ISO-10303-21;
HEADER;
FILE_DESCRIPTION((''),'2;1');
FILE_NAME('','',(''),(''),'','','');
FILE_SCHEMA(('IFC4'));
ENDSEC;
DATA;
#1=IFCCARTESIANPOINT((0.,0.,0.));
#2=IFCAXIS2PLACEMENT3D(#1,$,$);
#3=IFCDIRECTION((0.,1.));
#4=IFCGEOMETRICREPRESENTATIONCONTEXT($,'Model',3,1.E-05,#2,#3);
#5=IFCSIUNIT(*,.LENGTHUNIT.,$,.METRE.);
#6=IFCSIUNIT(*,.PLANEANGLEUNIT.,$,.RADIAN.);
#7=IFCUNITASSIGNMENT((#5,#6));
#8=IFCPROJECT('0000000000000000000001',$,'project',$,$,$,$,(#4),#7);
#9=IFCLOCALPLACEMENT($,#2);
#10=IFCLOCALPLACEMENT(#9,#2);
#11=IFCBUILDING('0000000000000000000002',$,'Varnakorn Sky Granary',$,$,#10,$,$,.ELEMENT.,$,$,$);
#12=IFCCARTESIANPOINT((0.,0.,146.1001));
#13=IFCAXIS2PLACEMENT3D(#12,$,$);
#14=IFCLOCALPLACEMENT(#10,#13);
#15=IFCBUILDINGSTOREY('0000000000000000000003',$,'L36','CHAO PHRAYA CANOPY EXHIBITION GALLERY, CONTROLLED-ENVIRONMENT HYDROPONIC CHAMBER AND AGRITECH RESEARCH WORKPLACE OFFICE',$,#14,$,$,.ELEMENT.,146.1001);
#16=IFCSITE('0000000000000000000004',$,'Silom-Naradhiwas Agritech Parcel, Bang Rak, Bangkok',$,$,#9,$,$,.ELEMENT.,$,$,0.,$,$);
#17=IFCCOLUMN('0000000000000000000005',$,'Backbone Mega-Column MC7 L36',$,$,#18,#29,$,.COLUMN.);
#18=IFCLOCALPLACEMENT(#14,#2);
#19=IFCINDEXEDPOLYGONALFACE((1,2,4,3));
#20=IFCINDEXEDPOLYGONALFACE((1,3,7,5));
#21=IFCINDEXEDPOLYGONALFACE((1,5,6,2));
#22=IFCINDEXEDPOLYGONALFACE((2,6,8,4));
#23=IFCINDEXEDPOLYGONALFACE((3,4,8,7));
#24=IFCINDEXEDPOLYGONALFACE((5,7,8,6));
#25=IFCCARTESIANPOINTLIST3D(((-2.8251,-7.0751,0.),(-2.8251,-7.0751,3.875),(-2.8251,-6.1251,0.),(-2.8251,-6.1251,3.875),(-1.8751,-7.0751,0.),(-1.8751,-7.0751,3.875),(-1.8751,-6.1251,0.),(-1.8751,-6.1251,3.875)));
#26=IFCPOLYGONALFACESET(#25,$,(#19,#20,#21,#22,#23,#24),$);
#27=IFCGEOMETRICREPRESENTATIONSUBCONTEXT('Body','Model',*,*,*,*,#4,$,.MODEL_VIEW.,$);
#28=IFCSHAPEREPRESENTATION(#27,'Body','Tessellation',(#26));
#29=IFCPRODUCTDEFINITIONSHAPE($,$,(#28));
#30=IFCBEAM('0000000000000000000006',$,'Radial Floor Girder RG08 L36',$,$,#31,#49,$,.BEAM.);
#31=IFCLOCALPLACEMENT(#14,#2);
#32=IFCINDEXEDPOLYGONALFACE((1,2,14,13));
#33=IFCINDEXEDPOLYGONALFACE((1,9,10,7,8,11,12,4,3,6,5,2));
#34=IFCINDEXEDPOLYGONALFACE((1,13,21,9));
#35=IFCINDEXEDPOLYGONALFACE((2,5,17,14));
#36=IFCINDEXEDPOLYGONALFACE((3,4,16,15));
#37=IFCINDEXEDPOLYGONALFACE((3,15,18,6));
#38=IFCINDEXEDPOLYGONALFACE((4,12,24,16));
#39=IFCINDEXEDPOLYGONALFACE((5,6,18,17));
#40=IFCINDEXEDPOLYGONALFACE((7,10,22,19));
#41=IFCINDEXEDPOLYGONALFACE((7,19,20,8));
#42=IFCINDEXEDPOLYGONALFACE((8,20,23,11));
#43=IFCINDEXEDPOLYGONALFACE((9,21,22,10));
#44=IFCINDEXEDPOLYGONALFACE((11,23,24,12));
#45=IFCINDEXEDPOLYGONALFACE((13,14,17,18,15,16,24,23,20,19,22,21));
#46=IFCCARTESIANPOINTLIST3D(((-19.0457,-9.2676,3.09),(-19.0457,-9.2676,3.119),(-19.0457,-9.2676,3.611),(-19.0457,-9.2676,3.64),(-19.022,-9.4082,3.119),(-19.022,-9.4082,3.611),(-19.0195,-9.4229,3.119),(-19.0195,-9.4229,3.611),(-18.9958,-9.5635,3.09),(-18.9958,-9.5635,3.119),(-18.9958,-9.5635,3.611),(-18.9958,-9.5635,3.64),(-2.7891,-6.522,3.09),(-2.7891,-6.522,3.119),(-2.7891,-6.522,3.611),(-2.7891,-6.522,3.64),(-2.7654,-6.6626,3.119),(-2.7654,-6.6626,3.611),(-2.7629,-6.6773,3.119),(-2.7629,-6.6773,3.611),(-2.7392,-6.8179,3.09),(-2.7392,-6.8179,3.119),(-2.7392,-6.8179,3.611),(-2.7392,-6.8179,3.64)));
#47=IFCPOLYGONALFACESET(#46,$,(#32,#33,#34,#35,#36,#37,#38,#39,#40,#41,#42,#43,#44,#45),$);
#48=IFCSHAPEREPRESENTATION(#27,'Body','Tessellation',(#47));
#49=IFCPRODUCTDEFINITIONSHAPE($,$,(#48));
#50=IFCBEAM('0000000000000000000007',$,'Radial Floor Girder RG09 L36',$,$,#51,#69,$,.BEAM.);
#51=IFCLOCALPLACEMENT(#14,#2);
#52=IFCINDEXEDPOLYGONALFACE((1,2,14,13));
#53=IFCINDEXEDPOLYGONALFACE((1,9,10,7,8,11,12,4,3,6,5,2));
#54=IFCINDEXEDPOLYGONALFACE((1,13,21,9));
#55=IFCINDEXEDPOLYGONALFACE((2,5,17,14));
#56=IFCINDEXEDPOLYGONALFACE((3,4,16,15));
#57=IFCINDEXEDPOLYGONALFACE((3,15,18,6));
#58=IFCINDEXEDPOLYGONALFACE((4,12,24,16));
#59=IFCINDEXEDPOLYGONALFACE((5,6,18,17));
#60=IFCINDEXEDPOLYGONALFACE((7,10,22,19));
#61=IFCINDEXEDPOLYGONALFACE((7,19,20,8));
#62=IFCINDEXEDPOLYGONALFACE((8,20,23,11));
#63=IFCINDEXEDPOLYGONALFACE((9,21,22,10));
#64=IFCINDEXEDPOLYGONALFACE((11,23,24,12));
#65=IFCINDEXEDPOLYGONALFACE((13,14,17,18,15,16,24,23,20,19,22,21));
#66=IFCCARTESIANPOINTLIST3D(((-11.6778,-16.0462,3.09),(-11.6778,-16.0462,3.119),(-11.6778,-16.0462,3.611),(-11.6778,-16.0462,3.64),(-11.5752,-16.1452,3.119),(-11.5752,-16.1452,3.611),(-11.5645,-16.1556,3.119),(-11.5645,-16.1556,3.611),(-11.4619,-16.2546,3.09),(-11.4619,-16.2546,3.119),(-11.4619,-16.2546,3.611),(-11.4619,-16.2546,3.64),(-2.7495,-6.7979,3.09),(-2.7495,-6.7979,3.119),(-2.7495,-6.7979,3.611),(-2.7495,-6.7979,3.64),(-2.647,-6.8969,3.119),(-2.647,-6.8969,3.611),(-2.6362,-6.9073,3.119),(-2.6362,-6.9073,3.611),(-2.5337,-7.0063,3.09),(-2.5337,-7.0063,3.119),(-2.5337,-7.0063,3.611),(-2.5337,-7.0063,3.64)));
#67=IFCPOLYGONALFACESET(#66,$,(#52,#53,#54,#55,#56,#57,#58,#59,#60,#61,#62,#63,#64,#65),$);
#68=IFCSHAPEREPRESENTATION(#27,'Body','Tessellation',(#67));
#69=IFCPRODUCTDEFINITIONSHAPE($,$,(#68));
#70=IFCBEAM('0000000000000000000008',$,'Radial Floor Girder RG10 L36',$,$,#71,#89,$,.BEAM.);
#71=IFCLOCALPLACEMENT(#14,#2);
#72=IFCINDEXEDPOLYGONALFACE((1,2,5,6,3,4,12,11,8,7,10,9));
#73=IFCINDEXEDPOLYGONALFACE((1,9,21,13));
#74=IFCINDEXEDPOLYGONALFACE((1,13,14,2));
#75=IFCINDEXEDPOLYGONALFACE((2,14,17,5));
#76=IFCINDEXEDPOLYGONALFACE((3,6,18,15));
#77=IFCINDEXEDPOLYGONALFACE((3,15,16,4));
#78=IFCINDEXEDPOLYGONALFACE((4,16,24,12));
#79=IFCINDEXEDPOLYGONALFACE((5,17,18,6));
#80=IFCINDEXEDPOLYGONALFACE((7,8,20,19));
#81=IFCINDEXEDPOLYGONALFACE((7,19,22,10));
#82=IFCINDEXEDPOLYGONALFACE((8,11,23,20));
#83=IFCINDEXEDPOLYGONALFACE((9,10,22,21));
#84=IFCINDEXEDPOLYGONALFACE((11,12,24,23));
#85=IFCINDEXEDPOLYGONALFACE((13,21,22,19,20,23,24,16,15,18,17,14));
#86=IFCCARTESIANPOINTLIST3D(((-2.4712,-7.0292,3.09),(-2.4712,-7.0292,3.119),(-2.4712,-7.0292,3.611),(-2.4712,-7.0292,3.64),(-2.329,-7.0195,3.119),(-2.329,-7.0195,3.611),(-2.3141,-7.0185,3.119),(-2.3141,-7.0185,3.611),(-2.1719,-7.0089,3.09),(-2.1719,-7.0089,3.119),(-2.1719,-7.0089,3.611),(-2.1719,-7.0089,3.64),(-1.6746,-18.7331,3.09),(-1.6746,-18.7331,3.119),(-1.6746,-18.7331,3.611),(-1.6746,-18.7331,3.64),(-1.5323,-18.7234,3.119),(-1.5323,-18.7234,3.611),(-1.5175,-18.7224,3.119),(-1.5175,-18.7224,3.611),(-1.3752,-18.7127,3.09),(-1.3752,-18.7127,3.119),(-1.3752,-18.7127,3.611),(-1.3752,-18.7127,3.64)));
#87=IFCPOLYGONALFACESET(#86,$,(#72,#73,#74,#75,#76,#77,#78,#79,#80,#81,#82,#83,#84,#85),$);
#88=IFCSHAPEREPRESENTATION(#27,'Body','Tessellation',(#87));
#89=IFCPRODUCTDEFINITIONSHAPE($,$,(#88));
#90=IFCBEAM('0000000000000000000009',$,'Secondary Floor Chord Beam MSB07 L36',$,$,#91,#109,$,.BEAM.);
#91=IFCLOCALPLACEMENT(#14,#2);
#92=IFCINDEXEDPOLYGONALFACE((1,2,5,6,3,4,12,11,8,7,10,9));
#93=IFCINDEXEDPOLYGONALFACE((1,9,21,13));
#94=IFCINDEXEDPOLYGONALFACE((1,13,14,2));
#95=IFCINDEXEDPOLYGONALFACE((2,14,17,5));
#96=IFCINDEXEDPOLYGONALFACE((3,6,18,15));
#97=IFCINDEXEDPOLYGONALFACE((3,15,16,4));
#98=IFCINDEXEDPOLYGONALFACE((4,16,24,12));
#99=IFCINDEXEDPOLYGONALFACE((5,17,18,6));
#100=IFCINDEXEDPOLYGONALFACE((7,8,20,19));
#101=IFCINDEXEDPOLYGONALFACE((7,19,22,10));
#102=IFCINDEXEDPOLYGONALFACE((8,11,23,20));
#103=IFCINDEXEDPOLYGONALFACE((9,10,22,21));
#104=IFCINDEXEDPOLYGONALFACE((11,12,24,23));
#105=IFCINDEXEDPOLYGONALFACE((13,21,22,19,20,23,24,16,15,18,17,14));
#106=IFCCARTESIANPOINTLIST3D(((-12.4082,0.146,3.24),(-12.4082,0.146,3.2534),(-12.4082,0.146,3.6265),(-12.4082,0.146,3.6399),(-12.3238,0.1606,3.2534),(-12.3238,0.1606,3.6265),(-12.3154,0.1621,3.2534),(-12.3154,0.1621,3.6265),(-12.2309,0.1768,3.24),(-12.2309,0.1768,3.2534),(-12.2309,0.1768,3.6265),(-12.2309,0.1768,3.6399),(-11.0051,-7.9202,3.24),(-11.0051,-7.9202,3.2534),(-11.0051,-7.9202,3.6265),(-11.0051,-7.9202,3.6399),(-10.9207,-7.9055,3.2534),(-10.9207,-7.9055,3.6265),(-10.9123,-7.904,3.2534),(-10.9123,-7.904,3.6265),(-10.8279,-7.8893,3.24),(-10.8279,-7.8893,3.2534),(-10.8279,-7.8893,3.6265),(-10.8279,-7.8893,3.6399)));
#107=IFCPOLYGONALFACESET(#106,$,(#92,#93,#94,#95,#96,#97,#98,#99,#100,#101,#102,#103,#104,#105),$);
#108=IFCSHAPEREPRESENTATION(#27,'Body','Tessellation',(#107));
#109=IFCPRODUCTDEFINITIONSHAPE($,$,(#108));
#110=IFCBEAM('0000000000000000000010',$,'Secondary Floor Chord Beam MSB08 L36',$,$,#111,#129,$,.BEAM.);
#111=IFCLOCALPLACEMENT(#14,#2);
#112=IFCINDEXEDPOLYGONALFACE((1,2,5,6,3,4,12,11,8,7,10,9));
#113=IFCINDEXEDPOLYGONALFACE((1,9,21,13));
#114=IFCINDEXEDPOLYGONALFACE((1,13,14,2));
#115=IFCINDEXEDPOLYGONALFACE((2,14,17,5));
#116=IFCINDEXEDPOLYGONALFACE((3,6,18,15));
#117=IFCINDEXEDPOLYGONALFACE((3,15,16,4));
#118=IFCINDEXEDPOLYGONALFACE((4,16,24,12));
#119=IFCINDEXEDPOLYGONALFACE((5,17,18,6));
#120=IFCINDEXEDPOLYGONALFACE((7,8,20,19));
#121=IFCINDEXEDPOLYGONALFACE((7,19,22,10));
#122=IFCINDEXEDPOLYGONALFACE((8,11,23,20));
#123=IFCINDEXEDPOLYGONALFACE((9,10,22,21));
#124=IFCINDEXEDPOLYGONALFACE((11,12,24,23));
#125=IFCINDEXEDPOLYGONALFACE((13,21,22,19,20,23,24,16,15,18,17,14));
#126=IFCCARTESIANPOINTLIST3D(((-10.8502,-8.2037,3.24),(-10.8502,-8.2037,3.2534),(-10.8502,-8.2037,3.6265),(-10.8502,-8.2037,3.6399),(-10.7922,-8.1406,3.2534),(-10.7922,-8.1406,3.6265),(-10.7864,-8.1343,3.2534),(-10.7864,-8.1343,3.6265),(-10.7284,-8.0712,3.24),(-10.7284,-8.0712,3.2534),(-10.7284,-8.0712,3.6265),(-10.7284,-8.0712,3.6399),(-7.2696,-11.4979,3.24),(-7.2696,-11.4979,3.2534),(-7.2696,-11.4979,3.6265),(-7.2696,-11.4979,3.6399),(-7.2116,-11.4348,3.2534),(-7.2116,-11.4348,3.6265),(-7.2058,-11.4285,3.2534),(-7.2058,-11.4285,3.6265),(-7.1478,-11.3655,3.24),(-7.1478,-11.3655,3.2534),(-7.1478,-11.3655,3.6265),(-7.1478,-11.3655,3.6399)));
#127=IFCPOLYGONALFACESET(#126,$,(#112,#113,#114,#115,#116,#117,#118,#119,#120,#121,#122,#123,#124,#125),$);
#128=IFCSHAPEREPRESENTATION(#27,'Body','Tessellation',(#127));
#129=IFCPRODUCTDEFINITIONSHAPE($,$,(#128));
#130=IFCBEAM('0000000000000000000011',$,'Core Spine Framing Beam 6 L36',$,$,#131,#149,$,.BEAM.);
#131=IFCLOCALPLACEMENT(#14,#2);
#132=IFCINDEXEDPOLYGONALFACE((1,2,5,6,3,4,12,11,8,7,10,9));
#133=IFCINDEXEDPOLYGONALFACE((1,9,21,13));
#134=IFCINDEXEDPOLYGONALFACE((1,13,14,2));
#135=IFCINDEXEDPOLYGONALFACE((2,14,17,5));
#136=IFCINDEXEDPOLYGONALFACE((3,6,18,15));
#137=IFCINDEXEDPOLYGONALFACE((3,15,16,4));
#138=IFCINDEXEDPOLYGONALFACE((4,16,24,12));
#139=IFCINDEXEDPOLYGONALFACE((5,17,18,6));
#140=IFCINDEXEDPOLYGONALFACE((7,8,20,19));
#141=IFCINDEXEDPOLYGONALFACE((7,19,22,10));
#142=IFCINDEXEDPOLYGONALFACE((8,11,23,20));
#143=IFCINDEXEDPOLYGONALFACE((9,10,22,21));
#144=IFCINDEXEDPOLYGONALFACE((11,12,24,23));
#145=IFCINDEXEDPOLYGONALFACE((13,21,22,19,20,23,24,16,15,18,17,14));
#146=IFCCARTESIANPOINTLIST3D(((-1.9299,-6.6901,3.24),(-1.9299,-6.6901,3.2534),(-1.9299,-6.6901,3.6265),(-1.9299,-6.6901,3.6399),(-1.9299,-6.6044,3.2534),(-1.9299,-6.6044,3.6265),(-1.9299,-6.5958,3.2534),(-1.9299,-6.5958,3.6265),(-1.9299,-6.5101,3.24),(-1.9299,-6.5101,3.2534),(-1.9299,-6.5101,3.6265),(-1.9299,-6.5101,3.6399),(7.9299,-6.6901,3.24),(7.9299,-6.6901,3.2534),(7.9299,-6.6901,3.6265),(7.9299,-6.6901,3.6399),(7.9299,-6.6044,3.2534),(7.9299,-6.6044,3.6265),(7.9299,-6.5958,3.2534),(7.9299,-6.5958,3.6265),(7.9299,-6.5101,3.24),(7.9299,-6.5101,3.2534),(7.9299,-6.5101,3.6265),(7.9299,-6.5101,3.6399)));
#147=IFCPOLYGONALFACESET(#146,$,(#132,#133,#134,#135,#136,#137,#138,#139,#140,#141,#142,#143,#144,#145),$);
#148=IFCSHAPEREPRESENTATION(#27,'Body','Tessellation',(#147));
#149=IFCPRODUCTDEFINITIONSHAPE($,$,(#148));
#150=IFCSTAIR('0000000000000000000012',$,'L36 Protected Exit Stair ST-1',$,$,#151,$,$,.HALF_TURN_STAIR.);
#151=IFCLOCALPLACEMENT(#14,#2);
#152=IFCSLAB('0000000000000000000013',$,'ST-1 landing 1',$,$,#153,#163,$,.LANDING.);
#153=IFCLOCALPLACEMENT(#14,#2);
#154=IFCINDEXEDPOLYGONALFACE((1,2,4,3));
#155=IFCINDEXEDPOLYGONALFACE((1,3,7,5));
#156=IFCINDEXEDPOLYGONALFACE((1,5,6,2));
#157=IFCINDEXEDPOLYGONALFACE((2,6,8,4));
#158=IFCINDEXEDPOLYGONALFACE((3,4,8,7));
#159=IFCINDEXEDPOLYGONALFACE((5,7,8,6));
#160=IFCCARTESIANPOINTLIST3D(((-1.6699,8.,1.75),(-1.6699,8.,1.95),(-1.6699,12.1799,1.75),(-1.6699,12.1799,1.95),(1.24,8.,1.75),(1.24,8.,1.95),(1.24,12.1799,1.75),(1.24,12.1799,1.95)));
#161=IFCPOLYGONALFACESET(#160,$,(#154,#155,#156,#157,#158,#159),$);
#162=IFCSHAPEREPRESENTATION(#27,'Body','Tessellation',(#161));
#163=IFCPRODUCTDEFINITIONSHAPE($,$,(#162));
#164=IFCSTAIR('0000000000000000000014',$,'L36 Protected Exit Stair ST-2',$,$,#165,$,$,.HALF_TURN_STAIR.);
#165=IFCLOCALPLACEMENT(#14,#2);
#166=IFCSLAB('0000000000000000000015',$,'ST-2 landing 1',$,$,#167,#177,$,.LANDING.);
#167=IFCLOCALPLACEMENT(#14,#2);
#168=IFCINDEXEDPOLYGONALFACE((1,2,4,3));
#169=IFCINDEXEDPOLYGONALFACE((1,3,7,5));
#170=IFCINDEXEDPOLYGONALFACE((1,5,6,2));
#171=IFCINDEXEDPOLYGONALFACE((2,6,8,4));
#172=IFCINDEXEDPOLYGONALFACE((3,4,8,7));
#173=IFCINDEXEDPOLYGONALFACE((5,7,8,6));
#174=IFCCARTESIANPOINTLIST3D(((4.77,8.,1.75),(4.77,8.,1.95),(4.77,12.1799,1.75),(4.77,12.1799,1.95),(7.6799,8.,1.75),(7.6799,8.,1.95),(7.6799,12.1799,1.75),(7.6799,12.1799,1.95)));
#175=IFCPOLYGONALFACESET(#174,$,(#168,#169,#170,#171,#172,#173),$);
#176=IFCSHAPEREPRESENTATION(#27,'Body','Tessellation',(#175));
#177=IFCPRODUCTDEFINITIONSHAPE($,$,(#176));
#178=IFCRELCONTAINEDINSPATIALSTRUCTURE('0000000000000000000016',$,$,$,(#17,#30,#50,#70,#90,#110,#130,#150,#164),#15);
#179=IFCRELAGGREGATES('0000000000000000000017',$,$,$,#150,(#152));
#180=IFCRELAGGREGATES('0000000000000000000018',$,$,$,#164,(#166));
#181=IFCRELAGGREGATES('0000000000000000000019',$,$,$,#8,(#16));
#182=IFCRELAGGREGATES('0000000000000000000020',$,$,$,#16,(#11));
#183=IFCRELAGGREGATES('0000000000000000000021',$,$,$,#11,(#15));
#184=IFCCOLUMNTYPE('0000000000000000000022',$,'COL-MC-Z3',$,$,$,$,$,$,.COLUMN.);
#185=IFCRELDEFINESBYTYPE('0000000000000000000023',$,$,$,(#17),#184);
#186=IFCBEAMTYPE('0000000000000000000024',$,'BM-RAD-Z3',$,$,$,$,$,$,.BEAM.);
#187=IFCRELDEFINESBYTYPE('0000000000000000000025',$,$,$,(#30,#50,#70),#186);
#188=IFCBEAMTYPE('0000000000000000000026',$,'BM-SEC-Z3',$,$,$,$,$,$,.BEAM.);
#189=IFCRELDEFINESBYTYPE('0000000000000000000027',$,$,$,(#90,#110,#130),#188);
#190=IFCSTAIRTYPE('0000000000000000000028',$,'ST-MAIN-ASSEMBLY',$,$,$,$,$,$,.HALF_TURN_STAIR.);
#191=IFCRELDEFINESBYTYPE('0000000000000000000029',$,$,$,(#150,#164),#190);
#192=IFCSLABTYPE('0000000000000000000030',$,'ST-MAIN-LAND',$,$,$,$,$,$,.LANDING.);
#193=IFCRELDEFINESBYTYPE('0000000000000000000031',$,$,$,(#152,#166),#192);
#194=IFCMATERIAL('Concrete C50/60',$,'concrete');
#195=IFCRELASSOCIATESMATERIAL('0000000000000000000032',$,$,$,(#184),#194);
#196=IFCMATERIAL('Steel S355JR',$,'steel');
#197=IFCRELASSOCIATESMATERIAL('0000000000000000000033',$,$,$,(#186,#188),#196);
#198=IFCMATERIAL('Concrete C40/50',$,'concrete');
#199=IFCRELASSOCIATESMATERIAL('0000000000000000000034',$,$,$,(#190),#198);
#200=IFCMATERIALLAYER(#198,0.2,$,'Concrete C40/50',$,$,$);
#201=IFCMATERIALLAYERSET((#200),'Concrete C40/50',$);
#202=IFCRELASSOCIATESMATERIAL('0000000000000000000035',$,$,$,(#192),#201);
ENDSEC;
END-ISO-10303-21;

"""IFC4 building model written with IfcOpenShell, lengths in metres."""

from ifc_helpers import new_model, si_unit, direction, frame, origin, origin_2d, place, context, subcontext, project, spatial, polyline, rectangle, i_section, outline, extrude, material, layer, layer_set, material_profile, profile_set, type_object, element, aggregate, save


model = new_model("IFC4")

# Units and contexts
model_context = context("Model", 3, precision=1e-05, world=origin(), true_north=direction((0.0, 1.0)))
body_context = subcontext(model_context, "Body", "Model", "MODEL_VIEW")
ifc_project = project(units=[si_unit("LENGTHUNIT", "METRE"), si_unit("PLANEANGLEUNIT", "RADIAN")], contexts=[model_context])

# Site, building, storey
site_placement = place(None, origin())
site = spatial("IfcSite", under=ifc_project, at=site_placement, Name="Silom-Naradhiwas Agritech Parcel, Bang Rak, Bangkok", CompositionType="ELEMENT", RefElevation=0.0)
building_placement = place(site_placement, origin())
building = spatial("IfcBuilding", under=site, at=building_placement, Name="Varnakorn Sky Granary", CompositionType="ELEMENT")
storey_placement = place(building_placement, frame((0.0, 0.0, 146.1001)))
storey = spatial("IfcBuildingStorey", under=building, at=storey_placement, Name="L36", Description="CHAO PHRAYA CANOPY EXHIBITION GALLERY, CONTROLLED-ENVIRONMENT HYDROPONIC CHAMBER AND AGRITECH RESEARCH WORKPLACE OFFICE", CompositionType="ELEMENT", Elevation=146.1001)

# Column
ifc_material_1 = material(Name="Concrete C50/60", Category="concrete")
ifc_material_profile_1 = material_profile(ifc_material_1, rectangle(XDim=0.95, YDim=0.95, at=origin_2d()), Name="RC 950x950")
ifc_profile_set_1 = profile_set([ifc_material_profile_1], Name="Concrete C50/60")
column_type = type_object("IfcColumnType", Name="COL-MC-Z3", PredefinedType="COLUMN", material=ifc_profile_set_1)
column_placement = place(storey_placement, frame((-2.3501, -6.6001, 0.0), z_axis=(0.0, 0.0, 1.0), x_axis=(1.0, 0.0, 0.0)))
element("IfcColumn", 1, at=column_placement, inside=storey, type_object=column_type, Name="Backbone Mega-Column MC7 L36", PredefinedType="COLUMN", context=body_context, shape_type="SweptSolid", body=[
    extrude(rectangle(XDim=0.95, YDim=0.95, at=origin_2d()), origin(), (0.0, 0.0, 1.0), 3.875),
])

# Beams
ifc_material_2 = material(Name="Steel S355JR", Category="steel")
ifc_material_profile_2 = material_profile(ifc_material_2, i_section(OverallWidth=0.3, OverallDepth=0.55, WebThickness=0.0149, FlangeThickness=0.0291, at=origin_2d()), Name="HE 550 B")
ifc_profile_set_2 = profile_set([ifc_material_profile_2], Name="Steel S355JR")
beam_type_1 = type_object("IfcBeamType", Name="BM-RAD-Z3", PredefinedType="BEAM", material=ifc_profile_set_2)
beam_1_placement = place(storey_placement, frame((-2.7642, -6.6699, 3.365), z_axis=(-0.986036, -0.166533, 0.0), x_axis=(0.166533, -0.986036, 0.0)))
element("IfcBeam", 2, at=beam_1_placement, inside=storey, type_object=beam_type_1, Name="Radial Floor Girder RG08 L36", PredefinedType="BEAM", context=body_context, shape_type="SweptSolid", body=[
    extrude(i_section(OverallWidth=0.3, OverallDepth=0.55, WebThickness=0.0149, FlangeThickness=0.0291, at=origin_2d()), origin(), (0.0, 0.0, 1.0), 16.4868),
])
beam_2_placement = place(storey_placement, frame((-2.6416, -6.9021, 3.365), z_axis=(-0.694548, -0.719447, 0.0), x_axis=(0.719447, -0.694548, 0.0)))
element("IfcBeam", 3, at=beam_2_placement, inside=storey, type_object=beam_type_1, Name="Radial Floor Girder RG09 L36", PredefinedType="BEAM", context=body_context, shape_type="SweptSolid", body=[
    extrude(i_section(OverallWidth=0.3, OverallDepth=0.55, WebThickness=0.0149, FlangeThickness=0.0291, at=origin_2d()), origin(), (0.0, 0.0, 1.0), 12.8547),
])
beam_3_placement = place(storey_placement, frame((-2.3215, -7.019, 3.365), z_axis=(0.067909, -0.997692, 0.0), x_axis=(0.997692, 0.067909, 0.0)))
element("IfcBeam", 4, at=beam_3_placement, inside=storey, type_object=beam_type_1, Name="Radial Floor Girder RG10 L36", PredefinedType="BEAM", context=body_context, shape_type="SweptSolid", body=[
    extrude(i_section(OverallWidth=0.3, OverallDepth=0.55, WebThickness=0.0149, FlangeThickness=0.0291, at=origin_2d()), origin(), (0.0, 0.0, 1.0), 11.731),
])
ifc_material_profile_3 = material_profile(ifc_material_2, i_section(OverallWidth=0.1799, OverallDepth=0.3999, WebThickness=0.0085, FlangeThickness=0.0134, at=origin_2d()), Name="IPE 400")
ifc_profile_set_3 = profile_set([ifc_material_profile_3], Name="Steel S355JR")
beam_type_2 = type_object("IfcBeamType", Name="BM-SEC-Z3", PredefinedType="BEAM", material=ifc_profile_set_3)
beam_4_placement = place(storey_placement, frame((-12.3196, 0.1614, 3.4399), z_axis=(0.171373, -0.985206, 0.0), x_axis=(0.985206, 0.171373, 0.0)))
element("IfcBeam", 5, at=beam_4_placement, inside=storey, type_object=beam_type_2, Name="Secondary Floor Chord Beam MSB07 L36", PredefinedType="BEAM", context=body_context, shape_type="SweptSolid", body=[
    extrude(i_section(OverallWidth=0.1799, OverallDepth=0.3999, WebThickness=0.0085, FlangeThickness=0.0134, at=origin_2d()), origin(), (0.0, 0.0, 1.0), 8.1873),
])
beam_5_placement = place(storey_placement, frame((-10.7893, -8.1375, 3.4399), z_axis=(0.735924, -0.677064, 0.0), x_axis=(0.677064, 0.735924, 0.0)))
element("IfcBeam", 6, at=beam_5_placement, inside=storey, type_object=beam_type_2, Name="Secondary Floor Chord Beam MSB08 L36", PredefinedType="BEAM", context=body_context, shape_type="SweptSolid", body=[
    extrude(i_section(OverallWidth=0.1799, OverallDepth=0.3999, WebThickness=0.0085, FlangeThickness=0.0134, at=origin_2d()), origin(), (0.0, 0.0, 1.0), 4.8655),
])
beam_6_placement = place(storey_placement, frame((-1.9299, -6.6001, 3.4399), z_axis=(1.0, 0.0, 0.0), x_axis=(0.0, 1.0, 0.0)))
element("IfcBeam", 7, at=beam_6_placement, inside=storey, type_object=beam_type_2, Name="Core Spine Framing Beam 6 L36", PredefinedType="BEAM", context=body_context, shape_type="SweptSolid", body=[
    extrude(i_section(OverallWidth=0.1799, OverallDepth=0.3999, WebThickness=0.0085, FlangeThickness=0.0134, at=origin_2d()), origin(), (0.0, 0.0, 1.0), 9.8599),
])

# Stairs, slabs
ifc_material_3 = material(Name="Concrete C40/50", Category="concrete")
stair_type = type_object("IfcStairType", Name="ST-MAIN-ASSEMBLY", PredefinedType="HALF_TURN_STAIR", material=ifc_material_3)
stair_1_placement = place(storey_placement, origin())
stair_1 = element("IfcStair", 8, at=stair_1_placement, inside=storey, type_object=stair_type, Name="L36 Protected Exit Stair ST-1", PredefinedType="HALF_TURN_STAIR")
ifc_layer_1 = layer(ifc_material_3, 0.2, Name="Concrete C40/50")
ifc_layer_set_1 = layer_set([ifc_layer_1], Name="Concrete C40/50")
slab_type_1 = type_object("IfcSlabType", Name="ST-MAIN-LAND", PredefinedType="LANDING", material=ifc_layer_set_1)
slab_1_placement = place(storey_placement, frame((0.0, 0.0, 1.75)))
slab_1 = element("IfcSlab", 9, at=slab_1_placement, type_object=slab_type_1, Name="ST-1 landing 1", PredefinedType="LANDING", context=body_context, shape_type="SweptSolid", body=[
    extrude(outline(polyline([(1.24, 8.0), (1.24, 12.1799), (-1.6699, 12.1799), (-1.6699, 8.0), (1.24, 8.0)])), origin(), (0.0, 0.0, 1.0), 0.2),
])
aggregate(stair_1, [slab_1])
stair_2_placement = place(storey_placement, origin())
stair_2 = element("IfcStair", 10, at=stair_2_placement, inside=storey, type_object=stair_type, Name="L36 Protected Exit Stair ST-2", PredefinedType="HALF_TURN_STAIR")
slab_2_placement = place(storey_placement, frame((0.0, 0.0, 1.75)))
slab_2 = element("IfcSlab", 11, at=slab_2_placement, type_object=slab_type_1, Name="ST-2 landing 1", PredefinedType="LANDING", context=body_context, shape_type="SweptSolid", body=[
    extrude(outline(polyline([(7.6799, 8.0), (7.6799, 12.1799), (4.77, 12.1799), (4.77, 8.0), (7.6799, 8.0)])), origin(), (0.0, 0.0, 1.0), 0.2),
])
aggregate(stair_2, [slab_2])

save(model, "model.ifc")
